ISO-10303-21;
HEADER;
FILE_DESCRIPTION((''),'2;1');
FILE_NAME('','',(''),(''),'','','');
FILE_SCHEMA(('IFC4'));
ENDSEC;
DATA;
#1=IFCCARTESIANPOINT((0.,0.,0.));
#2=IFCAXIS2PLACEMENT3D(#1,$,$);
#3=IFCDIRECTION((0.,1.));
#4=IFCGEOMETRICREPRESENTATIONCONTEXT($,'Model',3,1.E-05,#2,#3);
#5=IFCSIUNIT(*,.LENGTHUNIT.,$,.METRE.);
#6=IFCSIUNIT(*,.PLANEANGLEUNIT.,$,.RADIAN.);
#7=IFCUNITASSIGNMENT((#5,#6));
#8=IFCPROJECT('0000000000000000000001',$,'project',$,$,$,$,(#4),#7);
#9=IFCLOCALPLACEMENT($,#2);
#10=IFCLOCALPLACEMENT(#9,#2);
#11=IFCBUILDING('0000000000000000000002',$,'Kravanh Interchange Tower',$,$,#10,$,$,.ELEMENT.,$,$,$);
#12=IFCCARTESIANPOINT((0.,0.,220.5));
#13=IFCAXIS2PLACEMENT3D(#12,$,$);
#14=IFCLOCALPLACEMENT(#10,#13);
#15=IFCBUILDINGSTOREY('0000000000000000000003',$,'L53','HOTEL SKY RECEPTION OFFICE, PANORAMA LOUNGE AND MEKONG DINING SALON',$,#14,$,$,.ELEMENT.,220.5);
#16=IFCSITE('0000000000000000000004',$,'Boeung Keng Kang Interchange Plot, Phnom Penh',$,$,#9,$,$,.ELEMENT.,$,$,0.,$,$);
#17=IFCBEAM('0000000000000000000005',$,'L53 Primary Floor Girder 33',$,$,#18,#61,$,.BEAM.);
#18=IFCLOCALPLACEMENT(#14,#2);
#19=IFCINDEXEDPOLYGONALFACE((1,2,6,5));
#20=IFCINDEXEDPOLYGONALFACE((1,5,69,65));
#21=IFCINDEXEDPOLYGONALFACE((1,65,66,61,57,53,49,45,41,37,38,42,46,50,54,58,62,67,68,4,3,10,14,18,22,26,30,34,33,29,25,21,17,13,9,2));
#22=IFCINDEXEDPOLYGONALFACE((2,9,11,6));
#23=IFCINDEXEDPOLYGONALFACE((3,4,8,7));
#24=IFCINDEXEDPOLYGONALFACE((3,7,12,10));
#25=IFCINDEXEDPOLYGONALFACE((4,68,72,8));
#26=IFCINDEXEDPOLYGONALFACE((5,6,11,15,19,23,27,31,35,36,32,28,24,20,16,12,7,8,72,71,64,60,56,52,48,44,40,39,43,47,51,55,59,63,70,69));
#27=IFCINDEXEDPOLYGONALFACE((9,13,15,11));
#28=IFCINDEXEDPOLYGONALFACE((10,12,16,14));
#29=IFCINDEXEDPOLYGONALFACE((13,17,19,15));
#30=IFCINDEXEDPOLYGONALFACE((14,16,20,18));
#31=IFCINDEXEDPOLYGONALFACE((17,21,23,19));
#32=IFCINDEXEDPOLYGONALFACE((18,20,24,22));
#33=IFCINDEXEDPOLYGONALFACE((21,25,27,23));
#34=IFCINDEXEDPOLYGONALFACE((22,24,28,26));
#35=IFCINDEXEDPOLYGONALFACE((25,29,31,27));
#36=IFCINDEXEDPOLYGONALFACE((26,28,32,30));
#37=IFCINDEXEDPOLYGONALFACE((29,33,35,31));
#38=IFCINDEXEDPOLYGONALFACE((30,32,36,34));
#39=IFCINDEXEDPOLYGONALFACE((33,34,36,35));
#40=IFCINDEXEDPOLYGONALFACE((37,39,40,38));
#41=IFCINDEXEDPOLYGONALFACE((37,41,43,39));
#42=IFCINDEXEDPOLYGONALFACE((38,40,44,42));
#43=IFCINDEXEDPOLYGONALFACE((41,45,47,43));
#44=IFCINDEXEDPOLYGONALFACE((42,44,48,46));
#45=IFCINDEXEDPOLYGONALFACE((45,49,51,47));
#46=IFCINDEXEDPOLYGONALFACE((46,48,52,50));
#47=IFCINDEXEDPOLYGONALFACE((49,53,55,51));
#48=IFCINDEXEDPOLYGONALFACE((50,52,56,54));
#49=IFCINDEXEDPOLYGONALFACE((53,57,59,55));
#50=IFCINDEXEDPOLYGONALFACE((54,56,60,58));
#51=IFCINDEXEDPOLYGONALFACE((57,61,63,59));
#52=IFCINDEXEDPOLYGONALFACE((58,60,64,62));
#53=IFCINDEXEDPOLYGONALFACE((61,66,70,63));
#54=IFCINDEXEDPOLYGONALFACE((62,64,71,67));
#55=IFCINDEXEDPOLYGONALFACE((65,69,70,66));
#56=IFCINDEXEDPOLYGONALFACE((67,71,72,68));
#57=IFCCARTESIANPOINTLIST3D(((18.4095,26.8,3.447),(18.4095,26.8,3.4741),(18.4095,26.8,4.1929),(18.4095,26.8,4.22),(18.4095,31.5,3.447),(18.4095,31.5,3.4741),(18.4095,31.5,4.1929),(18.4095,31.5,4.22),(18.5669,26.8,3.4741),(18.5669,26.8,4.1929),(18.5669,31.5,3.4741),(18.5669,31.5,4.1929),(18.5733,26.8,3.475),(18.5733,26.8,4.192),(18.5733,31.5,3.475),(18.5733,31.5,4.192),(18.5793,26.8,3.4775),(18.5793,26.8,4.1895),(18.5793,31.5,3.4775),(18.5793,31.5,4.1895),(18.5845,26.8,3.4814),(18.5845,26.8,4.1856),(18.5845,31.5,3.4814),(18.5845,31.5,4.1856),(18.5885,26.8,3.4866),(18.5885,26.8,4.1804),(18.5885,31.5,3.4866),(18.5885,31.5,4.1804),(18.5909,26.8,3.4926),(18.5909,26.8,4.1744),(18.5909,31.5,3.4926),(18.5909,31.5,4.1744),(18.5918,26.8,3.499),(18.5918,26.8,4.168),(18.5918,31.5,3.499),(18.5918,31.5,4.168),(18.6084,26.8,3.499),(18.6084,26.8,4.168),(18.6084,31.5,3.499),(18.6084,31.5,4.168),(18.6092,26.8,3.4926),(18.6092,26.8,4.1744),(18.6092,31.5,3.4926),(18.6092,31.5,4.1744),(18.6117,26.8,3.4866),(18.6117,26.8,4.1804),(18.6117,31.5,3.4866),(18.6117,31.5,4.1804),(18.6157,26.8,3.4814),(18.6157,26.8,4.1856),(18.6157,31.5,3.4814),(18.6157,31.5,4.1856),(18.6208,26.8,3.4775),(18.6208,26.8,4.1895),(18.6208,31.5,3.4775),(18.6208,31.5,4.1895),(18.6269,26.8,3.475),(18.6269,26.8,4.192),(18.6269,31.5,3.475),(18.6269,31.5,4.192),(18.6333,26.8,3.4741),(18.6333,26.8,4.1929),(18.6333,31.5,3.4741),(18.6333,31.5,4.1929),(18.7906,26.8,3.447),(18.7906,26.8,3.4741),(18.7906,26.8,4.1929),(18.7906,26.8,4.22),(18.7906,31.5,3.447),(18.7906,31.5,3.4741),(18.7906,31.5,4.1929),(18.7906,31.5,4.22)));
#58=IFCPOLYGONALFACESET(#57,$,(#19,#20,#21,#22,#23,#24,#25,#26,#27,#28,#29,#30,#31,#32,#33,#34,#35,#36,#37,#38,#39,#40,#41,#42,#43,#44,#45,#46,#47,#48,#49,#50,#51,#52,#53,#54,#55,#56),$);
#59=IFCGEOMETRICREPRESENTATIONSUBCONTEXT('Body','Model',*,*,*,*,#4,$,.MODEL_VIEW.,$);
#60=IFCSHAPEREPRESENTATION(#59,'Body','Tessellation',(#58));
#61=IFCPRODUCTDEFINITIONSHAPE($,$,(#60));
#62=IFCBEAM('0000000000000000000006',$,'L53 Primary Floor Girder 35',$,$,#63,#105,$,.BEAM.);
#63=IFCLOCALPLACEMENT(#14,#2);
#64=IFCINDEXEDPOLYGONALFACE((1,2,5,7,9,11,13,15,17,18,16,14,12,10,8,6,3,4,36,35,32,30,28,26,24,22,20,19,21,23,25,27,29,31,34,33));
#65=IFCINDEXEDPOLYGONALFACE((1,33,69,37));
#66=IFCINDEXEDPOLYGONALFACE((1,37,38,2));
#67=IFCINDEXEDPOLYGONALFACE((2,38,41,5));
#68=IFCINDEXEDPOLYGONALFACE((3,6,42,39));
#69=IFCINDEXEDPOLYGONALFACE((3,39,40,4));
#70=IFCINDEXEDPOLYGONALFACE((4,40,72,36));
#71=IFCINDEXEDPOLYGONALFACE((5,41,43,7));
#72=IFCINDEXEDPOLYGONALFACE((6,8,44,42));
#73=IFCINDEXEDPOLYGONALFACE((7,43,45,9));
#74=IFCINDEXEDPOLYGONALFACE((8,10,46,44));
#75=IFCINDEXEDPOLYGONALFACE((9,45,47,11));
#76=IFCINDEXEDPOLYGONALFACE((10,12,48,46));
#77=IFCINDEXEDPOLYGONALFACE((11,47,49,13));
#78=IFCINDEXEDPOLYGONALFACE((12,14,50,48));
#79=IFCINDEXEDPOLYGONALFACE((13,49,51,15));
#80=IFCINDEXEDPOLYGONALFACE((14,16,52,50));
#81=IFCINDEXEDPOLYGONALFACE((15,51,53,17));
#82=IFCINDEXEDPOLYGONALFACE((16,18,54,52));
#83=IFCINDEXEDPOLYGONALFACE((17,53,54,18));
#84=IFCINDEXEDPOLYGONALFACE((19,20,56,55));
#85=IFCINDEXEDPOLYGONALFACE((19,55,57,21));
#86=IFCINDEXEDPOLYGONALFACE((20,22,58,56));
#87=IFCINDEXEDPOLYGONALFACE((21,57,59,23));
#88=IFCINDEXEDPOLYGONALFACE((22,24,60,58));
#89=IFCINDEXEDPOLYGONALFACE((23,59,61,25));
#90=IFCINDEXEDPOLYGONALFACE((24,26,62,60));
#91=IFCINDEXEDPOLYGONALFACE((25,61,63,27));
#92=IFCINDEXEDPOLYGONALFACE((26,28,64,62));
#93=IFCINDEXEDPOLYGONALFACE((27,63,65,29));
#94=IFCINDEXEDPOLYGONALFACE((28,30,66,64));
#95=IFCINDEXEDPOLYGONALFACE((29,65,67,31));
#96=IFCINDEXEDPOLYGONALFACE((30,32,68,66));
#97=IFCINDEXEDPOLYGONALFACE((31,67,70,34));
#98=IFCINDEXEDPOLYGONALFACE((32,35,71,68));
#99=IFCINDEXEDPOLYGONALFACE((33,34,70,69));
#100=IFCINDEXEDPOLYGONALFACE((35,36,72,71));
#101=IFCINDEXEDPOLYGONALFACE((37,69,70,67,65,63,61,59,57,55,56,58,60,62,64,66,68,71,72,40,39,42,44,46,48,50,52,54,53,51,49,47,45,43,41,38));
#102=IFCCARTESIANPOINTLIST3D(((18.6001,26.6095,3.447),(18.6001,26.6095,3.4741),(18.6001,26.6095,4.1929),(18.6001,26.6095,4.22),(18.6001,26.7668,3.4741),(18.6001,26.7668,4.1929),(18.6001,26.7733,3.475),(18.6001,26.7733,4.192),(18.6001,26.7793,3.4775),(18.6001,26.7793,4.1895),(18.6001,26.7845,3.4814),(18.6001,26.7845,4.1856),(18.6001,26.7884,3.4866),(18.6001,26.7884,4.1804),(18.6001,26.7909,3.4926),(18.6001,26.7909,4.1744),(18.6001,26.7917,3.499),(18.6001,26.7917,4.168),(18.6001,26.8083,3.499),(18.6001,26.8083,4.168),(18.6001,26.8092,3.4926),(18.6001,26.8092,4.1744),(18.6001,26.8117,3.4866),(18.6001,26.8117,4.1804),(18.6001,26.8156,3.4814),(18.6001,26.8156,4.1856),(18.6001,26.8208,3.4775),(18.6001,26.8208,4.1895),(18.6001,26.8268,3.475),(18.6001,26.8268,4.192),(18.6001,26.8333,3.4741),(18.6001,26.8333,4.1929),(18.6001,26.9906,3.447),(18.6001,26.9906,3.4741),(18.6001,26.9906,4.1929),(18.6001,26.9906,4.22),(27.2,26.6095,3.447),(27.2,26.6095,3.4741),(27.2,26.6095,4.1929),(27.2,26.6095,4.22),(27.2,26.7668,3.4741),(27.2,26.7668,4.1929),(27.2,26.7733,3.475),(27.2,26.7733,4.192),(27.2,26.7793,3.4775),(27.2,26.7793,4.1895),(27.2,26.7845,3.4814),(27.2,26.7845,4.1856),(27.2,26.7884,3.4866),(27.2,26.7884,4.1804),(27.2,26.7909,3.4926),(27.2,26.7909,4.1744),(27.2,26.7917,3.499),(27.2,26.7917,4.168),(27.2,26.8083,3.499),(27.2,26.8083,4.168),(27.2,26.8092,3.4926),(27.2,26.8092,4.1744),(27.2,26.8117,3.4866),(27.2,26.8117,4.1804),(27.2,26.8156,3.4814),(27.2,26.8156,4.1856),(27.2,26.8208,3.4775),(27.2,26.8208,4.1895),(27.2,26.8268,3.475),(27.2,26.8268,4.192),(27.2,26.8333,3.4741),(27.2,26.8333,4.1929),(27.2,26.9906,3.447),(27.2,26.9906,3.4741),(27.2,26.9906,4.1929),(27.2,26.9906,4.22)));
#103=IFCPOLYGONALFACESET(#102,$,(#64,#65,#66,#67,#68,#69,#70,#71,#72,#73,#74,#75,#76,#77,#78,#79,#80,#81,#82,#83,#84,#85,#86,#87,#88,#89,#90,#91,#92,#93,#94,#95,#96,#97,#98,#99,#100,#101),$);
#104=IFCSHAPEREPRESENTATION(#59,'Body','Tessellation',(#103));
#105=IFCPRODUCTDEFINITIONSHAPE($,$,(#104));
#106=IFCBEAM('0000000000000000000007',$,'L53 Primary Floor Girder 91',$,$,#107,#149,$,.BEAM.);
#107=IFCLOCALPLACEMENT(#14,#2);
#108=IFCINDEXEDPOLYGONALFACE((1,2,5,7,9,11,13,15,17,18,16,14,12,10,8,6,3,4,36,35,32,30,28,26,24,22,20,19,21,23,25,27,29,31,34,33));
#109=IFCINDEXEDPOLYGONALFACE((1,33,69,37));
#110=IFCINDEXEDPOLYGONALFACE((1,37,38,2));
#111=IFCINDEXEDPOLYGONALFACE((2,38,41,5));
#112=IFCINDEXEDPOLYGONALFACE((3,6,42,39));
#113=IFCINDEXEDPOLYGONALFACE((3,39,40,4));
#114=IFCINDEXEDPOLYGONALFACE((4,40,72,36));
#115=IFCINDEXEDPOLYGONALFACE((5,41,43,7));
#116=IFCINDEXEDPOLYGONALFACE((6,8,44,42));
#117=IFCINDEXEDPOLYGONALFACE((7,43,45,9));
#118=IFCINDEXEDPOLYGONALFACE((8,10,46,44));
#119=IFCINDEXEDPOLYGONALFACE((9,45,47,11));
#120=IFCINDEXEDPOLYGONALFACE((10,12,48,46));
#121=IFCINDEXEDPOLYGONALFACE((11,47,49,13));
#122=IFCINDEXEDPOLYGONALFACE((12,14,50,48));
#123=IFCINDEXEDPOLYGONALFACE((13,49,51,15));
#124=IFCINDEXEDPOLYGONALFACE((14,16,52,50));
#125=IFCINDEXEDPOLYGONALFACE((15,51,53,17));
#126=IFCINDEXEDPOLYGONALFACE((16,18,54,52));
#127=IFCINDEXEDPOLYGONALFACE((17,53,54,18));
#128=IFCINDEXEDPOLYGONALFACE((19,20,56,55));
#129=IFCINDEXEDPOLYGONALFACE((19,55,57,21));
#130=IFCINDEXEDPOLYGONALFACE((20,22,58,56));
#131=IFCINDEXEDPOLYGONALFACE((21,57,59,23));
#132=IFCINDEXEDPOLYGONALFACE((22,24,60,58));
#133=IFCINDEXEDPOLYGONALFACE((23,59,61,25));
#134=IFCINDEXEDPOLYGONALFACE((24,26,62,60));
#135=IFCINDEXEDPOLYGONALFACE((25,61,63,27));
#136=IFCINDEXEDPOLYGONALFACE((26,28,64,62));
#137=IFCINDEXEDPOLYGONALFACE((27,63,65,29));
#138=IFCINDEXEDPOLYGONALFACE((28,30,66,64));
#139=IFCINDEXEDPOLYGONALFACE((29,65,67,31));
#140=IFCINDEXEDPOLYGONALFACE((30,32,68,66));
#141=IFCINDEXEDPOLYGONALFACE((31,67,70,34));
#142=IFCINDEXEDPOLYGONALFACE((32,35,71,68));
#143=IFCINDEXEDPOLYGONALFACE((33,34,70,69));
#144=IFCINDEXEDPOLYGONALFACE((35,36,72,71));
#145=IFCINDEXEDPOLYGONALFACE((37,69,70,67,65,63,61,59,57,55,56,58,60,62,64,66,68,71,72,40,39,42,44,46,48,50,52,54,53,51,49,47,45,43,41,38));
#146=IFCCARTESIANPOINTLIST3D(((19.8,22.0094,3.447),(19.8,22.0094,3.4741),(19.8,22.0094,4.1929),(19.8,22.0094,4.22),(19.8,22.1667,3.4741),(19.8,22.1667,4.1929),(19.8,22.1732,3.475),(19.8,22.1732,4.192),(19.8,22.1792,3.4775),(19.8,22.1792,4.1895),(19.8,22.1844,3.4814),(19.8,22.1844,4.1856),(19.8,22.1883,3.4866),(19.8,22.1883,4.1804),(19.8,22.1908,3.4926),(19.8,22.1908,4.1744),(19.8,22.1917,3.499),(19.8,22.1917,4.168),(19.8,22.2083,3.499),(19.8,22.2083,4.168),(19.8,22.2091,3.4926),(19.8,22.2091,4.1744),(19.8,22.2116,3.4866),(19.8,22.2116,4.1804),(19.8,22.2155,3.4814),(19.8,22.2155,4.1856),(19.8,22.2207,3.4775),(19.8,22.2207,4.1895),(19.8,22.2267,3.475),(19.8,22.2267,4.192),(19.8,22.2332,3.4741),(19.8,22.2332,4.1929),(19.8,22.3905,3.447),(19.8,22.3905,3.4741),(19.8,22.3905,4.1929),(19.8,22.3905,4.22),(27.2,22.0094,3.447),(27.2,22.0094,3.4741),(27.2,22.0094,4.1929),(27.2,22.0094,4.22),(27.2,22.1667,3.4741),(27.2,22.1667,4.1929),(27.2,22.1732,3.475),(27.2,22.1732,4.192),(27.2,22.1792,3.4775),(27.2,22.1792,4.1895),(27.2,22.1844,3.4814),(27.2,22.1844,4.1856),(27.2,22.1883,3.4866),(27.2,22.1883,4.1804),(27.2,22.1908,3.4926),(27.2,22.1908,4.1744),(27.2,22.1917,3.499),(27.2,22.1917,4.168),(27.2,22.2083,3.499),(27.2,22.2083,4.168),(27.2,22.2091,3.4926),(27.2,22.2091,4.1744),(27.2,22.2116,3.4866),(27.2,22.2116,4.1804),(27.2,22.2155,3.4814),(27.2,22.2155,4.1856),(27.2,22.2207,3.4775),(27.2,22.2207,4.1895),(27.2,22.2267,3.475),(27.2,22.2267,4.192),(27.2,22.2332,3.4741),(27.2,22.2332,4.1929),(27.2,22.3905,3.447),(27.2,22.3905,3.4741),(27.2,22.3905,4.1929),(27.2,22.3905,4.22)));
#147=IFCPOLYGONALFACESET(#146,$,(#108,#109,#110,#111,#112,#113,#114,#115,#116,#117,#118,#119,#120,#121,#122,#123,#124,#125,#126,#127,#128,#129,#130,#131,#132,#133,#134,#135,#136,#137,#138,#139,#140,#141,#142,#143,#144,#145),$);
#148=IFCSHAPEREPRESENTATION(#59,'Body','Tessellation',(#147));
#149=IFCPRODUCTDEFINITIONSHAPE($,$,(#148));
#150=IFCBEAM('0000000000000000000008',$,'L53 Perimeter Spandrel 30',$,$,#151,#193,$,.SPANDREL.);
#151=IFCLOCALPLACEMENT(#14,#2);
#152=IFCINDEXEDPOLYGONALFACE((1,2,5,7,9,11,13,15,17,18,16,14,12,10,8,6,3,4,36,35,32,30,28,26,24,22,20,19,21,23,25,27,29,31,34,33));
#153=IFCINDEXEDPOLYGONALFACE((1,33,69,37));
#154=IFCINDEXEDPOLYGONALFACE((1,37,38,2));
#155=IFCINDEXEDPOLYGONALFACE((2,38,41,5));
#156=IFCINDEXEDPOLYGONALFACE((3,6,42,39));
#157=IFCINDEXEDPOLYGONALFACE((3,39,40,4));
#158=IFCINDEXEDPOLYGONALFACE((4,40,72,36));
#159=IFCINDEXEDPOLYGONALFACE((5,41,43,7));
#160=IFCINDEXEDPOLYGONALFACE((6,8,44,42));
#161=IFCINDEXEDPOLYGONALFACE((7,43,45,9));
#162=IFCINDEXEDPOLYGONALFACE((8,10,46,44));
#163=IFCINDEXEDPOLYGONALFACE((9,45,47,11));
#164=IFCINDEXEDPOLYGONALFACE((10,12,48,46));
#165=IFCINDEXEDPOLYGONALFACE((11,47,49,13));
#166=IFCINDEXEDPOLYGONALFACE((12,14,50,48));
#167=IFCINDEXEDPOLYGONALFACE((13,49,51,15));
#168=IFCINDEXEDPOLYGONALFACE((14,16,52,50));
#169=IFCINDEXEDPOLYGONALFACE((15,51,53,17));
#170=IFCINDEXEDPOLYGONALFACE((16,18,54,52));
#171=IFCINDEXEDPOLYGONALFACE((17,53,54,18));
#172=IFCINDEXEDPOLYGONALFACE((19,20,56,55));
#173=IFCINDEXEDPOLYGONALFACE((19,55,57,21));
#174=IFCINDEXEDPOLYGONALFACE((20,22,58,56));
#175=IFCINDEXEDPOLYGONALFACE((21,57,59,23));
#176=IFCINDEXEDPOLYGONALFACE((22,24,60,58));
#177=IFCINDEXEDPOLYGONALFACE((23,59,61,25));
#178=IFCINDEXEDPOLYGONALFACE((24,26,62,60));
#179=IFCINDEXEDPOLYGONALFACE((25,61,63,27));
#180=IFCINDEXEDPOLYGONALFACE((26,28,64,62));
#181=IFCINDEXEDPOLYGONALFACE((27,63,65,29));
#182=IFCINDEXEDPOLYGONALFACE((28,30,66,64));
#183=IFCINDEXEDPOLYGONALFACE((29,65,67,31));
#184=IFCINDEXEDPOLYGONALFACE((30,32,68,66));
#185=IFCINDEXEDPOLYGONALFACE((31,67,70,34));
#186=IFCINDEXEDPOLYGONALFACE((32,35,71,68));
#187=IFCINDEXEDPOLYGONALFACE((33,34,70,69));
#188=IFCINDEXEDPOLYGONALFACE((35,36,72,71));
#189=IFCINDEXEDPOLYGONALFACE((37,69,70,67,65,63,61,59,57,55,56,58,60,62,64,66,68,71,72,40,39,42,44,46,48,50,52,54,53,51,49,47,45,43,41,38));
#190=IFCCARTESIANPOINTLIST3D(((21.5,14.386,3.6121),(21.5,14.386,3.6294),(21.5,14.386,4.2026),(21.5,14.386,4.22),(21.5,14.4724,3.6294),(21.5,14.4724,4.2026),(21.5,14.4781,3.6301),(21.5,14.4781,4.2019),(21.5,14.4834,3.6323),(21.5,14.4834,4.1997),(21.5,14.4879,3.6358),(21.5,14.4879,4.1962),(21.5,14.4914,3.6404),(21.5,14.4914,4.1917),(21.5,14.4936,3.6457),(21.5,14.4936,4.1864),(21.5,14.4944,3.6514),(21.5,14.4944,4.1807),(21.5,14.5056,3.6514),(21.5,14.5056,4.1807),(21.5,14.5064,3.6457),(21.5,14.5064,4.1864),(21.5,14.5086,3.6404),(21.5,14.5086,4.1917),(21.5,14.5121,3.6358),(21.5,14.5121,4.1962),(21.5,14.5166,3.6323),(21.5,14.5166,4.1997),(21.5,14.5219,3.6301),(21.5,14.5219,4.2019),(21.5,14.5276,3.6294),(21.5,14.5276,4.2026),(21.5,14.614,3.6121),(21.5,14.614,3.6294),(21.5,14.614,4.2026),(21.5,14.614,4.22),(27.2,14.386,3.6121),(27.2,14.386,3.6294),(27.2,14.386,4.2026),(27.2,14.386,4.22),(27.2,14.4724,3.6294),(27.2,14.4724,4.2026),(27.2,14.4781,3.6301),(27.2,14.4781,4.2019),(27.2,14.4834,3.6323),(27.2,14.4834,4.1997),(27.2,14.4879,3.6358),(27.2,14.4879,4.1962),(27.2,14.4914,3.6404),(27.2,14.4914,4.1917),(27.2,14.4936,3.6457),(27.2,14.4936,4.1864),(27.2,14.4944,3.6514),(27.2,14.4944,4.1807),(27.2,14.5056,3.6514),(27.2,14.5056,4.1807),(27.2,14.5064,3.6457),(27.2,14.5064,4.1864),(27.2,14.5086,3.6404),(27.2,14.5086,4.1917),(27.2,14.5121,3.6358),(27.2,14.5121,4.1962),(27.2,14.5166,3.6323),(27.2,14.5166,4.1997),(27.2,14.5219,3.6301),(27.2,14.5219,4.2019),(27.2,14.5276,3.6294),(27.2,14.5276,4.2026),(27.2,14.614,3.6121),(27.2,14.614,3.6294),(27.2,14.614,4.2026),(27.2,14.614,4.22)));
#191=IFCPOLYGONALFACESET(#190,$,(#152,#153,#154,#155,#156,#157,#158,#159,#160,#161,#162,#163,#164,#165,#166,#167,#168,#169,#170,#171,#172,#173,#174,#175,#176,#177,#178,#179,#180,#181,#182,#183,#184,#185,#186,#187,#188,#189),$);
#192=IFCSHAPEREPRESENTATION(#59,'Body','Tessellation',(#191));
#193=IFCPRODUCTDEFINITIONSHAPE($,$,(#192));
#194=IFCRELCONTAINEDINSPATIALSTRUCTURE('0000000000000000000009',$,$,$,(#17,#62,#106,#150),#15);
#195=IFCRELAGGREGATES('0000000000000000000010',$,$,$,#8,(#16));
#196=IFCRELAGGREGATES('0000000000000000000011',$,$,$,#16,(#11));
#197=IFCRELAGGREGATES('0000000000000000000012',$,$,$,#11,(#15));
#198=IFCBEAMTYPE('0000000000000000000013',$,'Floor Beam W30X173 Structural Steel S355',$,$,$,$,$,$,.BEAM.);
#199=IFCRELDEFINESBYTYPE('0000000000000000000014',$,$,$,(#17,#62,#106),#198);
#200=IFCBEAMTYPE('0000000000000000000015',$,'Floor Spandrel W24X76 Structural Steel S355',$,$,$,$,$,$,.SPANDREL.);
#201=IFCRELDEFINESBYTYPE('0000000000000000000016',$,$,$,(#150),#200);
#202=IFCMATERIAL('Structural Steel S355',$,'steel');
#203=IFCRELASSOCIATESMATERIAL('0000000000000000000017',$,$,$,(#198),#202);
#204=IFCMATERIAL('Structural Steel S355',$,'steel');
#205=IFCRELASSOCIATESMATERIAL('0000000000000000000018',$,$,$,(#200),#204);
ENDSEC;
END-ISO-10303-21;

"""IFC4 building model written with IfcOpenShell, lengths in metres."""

from ifc_helpers import new_model, si_unit, direction, frame, origin, origin_2d, place, context, subcontext, project, spatial, i_section, extrude, material, material_profile, profile_set, type_object, element, save


model = new_model("IFC4")

# Units and contexts
model_context = context("Model", 3, precision=1e-05, world=origin(), true_north=direction((0.0, 1.0)))
body_context = subcontext(model_context, "Body", "Model", "MODEL_VIEW")
ifc_project = project(units=[si_unit("LENGTHUNIT", "METRE"), si_unit("PLANEANGLEUNIT", "RADIAN")], contexts=[model_context])

# Site, building, storey
site_placement = place(None, origin())
site = spatial("IfcSite", under=ifc_project, at=site_placement, Name="Boeung Keng Kang Interchange Plot, Phnom Penh", CompositionType="ELEMENT", RefElevation=0.0)
building_placement = place(site_placement, origin())
building = spatial("IfcBuilding", under=site, at=building_placement, Name="Kravanh Interchange Tower", CompositionType="ELEMENT")
storey_placement = place(building_placement, frame((0.0, 0.0, 220.5)))
storey = spatial("IfcBuildingStorey", under=building, at=storey_placement, Name="L53", Description="HOTEL SKY RECEPTION OFFICE, PANORAMA LOUNGE AND MEKONG DINING SALON", CompositionType="ELEMENT", Elevation=220.5)

# Beams
ifc_material_1 = material(Name="Structural Steel S355", Category="steel")
ifc_material_profile_1 = material_profile(ifc_material_1, i_section(OverallWidth=0.3811, OverallDepth=0.7729, WebThickness=0.0166, FlangeThickness=0.0271, FilletRadius=0.0249, at=origin_2d()), Name="W30X173")
ifc_profile_set_1 = profile_set([ifc_material_profile_1], Name="Structural Steel S355")
beam_type_1 = type_object("IfcBeamType", Name="Floor Beam W30X173 Structural Steel S355", PredefinedType="BEAM", material=ifc_profile_set_1)
beam_1_placement = place(storey_placement, frame((18.6001, 26.8, 3.8335), z_axis=(0.0, 1.0, 0.0), x_axis=(-1.0, 0.0, 0.0)))
element("IfcBeam", 1, at=beam_1_placement, inside=storey, type_object=beam_type_1, Name="L53 Primary Floor Girder 33", PredefinedType="BEAM", context=body_context, shape_type="SweptSolid", body=[
    extrude(i_section(OverallWidth=0.3811, OverallDepth=0.7729, WebThickness=0.0166, FlangeThickness=0.0271, FilletRadius=0.0249, at=origin_2d()), origin(), (0.0, 0.0, 1.0), 4.7),
])
beam_2_placement = place(storey_placement, frame((18.6001, 26.8, 3.8335), z_axis=(1.0, 0.0, 0.0), x_axis=(0.0, 1.0, 0.0)))
element("IfcBeam", 2, at=beam_2_placement, inside=storey, type_object=beam_type_1, Name="L53 Primary Floor Girder 35", PredefinedType="BEAM", context=body_context, shape_type="SweptSolid", body=[
    extrude(i_section(OverallWidth=0.3811, OverallDepth=0.7729, WebThickness=0.0166, FlangeThickness=0.0271, FilletRadius=0.0249, at=origin_2d()), origin(), (0.0, 0.0, 1.0), 8.5999),
])
beam_3_placement = place(storey_placement, frame((19.8, 22.2, 3.8335), z_axis=(1.0, 0.0, 0.0), x_axis=(0.0, 1.0, 0.0)))
element("IfcBeam", 3, at=beam_3_placement, inside=storey, type_object=beam_type_1, Name="L53 Primary Floor Girder 91", PredefinedType="BEAM", context=body_context, shape_type="SweptSolid", body=[
    extrude(i_section(OverallWidth=0.3811, OverallDepth=0.7729, WebThickness=0.0166, FlangeThickness=0.0271, FilletRadius=0.0249, at=origin_2d()), origin(), (0.0, 0.0, 1.0), 7.3999),
])
ifc_material_2 = material(Name="Structural Steel S355", Category="steel")
ifc_material_profile_2 = material_profile(ifc_material_2, i_section(OverallWidth=0.228, OverallDepth=0.6079, WebThickness=0.0112, FlangeThickness=0.0173, FilletRadius=0.022, at=origin_2d()), Name="W24X76")
ifc_profile_set_2 = profile_set([ifc_material_profile_2], Name="Structural Steel S355")
beam_type_2 = type_object("IfcBeamType", Name="Floor Spandrel W24X76 Structural Steel S355", PredefinedType="SPANDREL", material=ifc_profile_set_2)
beam_4_placement = place(storey_placement, frame((21.5, 14.5, 3.916), z_axis=(1.0, 0.0, 0.0), x_axis=(0.0, 1.0, 0.0)))
element("IfcBeam", 4, at=beam_4_placement, inside=storey, type_object=beam_type_2, Name="L53 Perimeter Spandrel 30", PredefinedType="SPANDREL", context=body_context, shape_type="SweptSolid", body=[
    extrude(i_section(OverallWidth=0.228, OverallDepth=0.6079, WebThickness=0.0112, FlangeThickness=0.0173, FilletRadius=0.022, at=origin_2d()), origin(), (0.0, 0.0, 1.0), 5.7),
])

save(model, "model.ifc")
